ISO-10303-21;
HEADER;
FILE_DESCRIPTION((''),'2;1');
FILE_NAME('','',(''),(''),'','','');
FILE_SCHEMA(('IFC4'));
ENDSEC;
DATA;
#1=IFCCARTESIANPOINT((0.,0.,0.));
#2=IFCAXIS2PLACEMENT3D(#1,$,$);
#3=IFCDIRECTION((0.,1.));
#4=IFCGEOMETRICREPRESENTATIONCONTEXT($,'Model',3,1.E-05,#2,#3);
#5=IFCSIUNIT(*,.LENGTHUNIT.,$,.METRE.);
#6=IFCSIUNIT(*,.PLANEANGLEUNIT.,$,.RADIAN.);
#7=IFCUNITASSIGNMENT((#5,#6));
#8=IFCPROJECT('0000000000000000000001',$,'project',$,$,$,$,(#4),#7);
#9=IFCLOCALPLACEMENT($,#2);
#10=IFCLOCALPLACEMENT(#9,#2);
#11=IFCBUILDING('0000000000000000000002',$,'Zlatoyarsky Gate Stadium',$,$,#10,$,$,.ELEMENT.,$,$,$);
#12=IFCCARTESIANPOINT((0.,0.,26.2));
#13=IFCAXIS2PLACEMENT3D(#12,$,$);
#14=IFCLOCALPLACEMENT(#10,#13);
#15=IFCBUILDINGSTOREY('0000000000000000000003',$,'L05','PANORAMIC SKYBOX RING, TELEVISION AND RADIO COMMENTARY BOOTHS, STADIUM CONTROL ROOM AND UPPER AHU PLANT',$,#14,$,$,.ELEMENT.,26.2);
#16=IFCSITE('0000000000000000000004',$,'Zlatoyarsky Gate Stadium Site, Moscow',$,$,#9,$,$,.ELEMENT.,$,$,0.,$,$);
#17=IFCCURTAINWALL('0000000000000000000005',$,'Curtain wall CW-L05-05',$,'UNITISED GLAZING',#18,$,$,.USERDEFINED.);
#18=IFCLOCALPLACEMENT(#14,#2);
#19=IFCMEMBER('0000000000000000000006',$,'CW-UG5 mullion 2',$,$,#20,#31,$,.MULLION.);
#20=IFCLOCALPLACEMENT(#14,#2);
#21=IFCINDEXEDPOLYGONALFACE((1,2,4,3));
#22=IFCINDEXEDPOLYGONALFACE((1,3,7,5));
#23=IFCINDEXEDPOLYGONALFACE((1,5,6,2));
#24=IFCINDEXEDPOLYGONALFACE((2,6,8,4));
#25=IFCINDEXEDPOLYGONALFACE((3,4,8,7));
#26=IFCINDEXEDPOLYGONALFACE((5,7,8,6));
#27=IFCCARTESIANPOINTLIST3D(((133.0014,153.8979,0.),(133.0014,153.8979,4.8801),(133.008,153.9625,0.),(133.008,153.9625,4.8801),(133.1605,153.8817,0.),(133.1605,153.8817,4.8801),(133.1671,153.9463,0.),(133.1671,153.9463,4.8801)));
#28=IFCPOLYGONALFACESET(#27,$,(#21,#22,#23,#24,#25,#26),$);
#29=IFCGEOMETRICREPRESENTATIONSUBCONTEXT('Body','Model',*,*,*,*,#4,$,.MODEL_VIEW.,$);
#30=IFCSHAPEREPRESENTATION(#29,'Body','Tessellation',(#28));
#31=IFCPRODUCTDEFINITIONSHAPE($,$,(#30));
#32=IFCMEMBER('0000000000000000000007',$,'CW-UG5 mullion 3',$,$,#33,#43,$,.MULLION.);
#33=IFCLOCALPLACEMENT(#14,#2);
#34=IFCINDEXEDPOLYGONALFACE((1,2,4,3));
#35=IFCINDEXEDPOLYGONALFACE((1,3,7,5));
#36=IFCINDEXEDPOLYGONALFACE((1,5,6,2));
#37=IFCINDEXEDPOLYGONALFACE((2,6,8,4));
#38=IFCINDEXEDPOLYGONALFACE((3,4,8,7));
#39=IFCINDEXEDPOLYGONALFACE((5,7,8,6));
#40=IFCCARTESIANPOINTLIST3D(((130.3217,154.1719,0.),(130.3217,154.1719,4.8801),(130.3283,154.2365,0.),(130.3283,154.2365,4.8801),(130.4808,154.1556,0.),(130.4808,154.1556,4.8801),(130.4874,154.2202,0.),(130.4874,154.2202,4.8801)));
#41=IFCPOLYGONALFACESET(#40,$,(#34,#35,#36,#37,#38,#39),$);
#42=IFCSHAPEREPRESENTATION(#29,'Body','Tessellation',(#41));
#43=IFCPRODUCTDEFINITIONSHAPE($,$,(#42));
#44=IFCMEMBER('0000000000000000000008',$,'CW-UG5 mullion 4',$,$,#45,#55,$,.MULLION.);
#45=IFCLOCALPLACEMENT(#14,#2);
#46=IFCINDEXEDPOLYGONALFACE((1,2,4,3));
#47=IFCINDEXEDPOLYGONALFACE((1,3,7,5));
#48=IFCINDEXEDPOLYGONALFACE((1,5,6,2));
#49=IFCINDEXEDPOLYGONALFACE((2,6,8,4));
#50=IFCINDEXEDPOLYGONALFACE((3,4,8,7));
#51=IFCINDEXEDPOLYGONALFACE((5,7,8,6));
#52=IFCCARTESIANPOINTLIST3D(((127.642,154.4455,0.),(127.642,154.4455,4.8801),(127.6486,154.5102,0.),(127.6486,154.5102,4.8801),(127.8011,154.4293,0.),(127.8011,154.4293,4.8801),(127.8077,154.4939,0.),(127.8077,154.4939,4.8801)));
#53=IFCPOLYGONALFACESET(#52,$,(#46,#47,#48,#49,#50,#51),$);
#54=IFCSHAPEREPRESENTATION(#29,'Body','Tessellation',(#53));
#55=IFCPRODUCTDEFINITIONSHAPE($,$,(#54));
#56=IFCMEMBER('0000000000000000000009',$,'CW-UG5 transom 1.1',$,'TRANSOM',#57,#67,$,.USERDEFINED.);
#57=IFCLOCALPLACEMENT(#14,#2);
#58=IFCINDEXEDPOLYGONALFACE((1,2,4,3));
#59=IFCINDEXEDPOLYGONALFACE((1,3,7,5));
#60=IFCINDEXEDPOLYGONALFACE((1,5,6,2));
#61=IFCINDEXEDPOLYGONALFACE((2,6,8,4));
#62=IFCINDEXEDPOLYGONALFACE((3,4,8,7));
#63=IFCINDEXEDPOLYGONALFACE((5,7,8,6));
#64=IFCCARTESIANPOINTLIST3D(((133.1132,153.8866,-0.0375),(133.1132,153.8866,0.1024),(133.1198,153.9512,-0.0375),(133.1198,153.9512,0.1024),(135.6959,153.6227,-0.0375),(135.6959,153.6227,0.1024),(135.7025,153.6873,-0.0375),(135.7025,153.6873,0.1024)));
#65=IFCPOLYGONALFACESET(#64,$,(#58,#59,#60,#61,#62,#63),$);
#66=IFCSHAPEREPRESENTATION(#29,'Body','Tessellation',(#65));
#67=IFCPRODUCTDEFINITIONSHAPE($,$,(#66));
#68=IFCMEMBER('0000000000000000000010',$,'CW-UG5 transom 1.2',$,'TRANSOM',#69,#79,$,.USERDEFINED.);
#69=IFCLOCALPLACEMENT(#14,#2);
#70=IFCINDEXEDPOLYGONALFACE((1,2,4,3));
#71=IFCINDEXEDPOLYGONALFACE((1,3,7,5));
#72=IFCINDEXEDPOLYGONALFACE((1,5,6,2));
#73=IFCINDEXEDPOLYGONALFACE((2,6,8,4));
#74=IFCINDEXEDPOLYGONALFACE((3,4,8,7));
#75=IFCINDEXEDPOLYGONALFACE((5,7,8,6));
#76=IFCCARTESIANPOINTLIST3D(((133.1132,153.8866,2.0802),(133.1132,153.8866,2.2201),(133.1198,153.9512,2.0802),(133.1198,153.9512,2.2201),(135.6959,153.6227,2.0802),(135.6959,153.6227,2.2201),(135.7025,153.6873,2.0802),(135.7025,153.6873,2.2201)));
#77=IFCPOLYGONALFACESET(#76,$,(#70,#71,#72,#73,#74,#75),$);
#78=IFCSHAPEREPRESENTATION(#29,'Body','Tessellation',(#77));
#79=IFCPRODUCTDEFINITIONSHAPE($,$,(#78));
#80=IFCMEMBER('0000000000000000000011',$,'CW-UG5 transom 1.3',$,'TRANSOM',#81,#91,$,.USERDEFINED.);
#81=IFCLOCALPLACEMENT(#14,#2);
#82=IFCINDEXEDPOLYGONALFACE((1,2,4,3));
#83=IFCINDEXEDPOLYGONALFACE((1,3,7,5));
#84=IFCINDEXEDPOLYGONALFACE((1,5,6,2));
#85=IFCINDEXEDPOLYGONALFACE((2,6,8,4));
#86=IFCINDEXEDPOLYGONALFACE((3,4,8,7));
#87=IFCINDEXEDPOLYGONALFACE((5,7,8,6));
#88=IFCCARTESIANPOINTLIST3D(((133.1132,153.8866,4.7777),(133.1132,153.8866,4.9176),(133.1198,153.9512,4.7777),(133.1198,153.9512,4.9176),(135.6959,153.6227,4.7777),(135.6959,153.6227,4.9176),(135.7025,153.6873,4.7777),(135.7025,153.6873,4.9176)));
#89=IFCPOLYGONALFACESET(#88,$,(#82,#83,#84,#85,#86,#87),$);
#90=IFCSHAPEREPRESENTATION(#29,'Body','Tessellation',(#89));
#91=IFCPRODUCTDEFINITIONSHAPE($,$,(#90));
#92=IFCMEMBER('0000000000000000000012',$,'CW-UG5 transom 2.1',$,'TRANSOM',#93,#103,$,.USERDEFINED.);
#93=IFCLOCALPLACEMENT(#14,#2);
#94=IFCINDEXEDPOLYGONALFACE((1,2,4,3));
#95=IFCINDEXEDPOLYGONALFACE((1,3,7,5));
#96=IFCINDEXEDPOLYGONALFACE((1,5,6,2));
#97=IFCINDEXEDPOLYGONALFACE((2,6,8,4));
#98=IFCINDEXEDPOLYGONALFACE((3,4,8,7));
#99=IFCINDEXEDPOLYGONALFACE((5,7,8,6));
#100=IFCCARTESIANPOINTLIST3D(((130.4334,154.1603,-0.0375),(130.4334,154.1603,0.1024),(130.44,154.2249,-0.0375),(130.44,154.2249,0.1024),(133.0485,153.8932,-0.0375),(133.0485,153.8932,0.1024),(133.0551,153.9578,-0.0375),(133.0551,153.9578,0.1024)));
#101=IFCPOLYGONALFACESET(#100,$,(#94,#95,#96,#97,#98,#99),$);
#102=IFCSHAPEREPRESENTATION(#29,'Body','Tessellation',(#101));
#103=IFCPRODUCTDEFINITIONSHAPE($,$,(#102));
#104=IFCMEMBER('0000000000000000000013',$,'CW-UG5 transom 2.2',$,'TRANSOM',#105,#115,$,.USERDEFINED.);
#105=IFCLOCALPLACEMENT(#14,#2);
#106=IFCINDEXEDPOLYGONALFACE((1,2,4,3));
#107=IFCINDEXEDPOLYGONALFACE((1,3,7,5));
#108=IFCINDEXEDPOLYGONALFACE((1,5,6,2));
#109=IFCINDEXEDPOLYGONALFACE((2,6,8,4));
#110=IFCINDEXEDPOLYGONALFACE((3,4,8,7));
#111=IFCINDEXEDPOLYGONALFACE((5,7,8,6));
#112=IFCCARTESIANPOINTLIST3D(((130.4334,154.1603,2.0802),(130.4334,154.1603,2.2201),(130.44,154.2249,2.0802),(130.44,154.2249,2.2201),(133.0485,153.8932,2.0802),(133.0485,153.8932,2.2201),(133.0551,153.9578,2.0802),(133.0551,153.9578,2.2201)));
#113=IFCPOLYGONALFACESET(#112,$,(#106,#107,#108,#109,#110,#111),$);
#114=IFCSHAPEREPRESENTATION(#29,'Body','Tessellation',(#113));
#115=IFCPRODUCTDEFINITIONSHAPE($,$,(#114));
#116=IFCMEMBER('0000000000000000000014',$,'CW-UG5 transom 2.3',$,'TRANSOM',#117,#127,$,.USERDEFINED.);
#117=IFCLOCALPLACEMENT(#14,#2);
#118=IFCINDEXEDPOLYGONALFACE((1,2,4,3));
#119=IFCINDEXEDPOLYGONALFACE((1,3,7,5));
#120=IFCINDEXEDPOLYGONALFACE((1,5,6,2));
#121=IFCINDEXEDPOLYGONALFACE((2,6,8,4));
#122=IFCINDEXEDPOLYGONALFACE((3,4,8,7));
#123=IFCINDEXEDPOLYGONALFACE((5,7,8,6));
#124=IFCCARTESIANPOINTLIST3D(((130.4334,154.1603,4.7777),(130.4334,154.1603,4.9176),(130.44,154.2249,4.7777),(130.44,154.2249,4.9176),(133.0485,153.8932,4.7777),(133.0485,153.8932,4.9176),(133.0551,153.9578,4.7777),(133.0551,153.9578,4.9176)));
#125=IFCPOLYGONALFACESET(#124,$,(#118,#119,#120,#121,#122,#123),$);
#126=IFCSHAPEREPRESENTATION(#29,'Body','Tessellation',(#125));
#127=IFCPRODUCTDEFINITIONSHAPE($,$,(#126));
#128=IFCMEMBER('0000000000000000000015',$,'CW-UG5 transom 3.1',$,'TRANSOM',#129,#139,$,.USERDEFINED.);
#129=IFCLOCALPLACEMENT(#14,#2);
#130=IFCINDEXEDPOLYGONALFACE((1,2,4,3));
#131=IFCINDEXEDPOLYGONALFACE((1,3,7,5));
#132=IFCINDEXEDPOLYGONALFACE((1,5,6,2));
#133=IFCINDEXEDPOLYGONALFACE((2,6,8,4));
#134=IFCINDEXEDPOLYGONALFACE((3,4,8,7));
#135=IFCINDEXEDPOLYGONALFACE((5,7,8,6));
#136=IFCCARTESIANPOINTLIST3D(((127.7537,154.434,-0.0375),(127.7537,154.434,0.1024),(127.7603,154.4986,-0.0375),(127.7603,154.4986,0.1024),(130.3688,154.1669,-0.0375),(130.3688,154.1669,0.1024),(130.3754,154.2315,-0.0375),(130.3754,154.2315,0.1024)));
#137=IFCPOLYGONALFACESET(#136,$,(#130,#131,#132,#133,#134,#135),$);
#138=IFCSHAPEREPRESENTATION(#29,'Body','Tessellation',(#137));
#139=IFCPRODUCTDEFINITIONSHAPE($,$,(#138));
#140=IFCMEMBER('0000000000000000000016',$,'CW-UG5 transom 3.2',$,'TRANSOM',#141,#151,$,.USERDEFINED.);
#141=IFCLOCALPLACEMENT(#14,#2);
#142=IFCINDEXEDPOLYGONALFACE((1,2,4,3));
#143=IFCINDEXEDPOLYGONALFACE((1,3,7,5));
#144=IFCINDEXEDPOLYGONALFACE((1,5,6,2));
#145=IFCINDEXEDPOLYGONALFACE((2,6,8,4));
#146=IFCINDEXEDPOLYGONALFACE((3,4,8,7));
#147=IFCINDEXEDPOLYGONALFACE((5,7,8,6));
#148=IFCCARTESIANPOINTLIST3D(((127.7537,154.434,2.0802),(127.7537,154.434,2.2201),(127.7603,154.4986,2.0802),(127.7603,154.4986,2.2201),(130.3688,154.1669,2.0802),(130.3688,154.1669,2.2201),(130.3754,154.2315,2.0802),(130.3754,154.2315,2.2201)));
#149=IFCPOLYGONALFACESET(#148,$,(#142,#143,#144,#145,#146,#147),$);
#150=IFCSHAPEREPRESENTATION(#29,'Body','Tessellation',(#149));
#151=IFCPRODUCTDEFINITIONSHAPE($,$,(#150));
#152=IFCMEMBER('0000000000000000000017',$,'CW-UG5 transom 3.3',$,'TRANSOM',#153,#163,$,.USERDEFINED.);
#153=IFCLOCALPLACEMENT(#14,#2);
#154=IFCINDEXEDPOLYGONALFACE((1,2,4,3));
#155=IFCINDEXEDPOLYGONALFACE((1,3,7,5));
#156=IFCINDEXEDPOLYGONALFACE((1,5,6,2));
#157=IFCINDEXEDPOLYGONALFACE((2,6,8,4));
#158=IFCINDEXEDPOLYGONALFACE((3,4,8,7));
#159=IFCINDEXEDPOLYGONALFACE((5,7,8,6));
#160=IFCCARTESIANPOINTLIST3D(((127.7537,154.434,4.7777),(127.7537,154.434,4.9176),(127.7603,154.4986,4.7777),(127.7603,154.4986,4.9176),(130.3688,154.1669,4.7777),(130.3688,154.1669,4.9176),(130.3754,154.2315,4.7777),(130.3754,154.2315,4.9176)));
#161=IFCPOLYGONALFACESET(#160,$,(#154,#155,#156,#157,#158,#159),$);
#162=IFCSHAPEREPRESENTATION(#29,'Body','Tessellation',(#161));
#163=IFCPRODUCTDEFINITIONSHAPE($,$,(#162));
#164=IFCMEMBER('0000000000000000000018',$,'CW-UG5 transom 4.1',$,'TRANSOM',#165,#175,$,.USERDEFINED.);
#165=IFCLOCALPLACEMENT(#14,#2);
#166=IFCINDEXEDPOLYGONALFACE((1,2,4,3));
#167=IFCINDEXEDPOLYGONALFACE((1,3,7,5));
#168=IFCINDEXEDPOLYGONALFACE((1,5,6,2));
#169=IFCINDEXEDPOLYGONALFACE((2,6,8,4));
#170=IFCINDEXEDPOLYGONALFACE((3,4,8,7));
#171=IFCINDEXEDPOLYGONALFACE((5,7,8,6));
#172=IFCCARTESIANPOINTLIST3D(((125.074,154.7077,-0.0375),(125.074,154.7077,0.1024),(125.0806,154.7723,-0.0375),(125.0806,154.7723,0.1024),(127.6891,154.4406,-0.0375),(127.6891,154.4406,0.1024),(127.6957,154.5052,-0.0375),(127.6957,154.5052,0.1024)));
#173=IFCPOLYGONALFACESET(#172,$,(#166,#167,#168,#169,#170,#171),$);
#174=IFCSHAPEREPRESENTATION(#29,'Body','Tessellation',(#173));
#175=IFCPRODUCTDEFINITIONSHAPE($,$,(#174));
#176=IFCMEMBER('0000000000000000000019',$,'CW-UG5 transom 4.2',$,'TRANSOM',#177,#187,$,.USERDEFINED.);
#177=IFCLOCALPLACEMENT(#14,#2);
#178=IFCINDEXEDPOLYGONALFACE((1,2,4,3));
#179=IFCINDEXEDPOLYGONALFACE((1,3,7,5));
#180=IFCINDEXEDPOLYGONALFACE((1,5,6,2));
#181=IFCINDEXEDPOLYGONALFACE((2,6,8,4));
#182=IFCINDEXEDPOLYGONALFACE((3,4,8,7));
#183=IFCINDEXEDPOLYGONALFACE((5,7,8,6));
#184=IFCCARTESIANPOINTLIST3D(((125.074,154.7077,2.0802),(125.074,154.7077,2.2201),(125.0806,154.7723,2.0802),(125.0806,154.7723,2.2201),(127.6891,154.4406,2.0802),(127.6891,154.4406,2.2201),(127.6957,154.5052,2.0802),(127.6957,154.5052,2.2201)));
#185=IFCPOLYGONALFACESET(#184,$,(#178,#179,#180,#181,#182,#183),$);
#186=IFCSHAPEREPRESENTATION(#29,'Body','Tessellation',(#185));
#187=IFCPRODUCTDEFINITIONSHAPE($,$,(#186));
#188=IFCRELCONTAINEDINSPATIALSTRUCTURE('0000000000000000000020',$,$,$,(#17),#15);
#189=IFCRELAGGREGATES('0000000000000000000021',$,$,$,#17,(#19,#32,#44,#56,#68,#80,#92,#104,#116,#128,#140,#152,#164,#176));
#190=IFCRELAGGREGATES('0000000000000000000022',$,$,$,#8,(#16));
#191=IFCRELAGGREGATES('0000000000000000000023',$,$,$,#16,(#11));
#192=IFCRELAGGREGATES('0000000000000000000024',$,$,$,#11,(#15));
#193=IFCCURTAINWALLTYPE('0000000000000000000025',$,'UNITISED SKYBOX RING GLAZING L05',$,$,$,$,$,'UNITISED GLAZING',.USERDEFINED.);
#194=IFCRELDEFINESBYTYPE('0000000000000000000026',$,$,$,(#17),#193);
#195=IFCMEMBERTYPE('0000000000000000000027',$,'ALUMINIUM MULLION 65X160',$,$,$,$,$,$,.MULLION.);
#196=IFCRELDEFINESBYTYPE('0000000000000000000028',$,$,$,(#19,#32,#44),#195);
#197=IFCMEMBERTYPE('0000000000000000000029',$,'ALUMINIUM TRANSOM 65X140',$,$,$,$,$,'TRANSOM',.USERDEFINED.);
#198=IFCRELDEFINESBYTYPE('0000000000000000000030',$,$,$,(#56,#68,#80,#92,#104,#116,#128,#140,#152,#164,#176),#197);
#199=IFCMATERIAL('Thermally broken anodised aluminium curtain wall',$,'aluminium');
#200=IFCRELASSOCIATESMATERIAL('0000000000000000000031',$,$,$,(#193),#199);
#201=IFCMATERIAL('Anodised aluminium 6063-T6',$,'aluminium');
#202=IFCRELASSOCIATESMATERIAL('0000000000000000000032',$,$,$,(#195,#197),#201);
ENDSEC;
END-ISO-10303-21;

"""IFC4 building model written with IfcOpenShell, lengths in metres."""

from ifc_helpers import new_model, si_unit, direction, frame, origin, origin_2d, place, context, subcontext, project, spatial, rectangle, extrude, material, material_profile, profile_set, type_object, element, aggregate, save


model = new_model("IFC4")

# Units and contexts
model_context = context("Model", 3, precision=1e-05, world=origin(), true_north=direction((0.0, 1.0)))
body_context = subcontext(model_context, "Body", "Model", "MODEL_VIEW")
ifc_project = project(units=[si_unit("LENGTHUNIT", "METRE"), si_unit("PLANEANGLEUNIT", "RADIAN")], contexts=[model_context])

# Site, building, storey
site_placement = place(None, origin())
site = spatial("IfcSite", under=ifc_project, at=site_placement, Name="Zlatoyarsky Gate Stadium Site, Moscow", CompositionType="ELEMENT", RefElevation=0.0)
building_placement = place(site_placement, origin())
building = spatial("IfcBuilding", under=site, at=building_placement, Name="Zlatoyarsky Gate Stadium", CompositionType="ELEMENT")
storey_placement = place(building_placement, frame((0.0, 0.0, 26.2)))
storey = spatial("IfcBuildingStorey", under=building, at=storey_placement, Name="L05", Description="PANORAMIC SKYBOX RING, TELEVISION AND RADIO COMMENTARY BOOTHS, STADIUM CONTROL ROOM AND UPPER AHU PLANT", CompositionType="ELEMENT", Elevation=26.2)

# Curtain wall, members
ifc_material_1 = material(Name="Thermally broken anodised aluminium curtain wall", Category="aluminium")
curtain_wall_type = type_object("IfcCurtainWallType", Name="UNITISED SKYBOX RING GLAZING L05", ElementType="UNITISED GLAZING", PredefinedType="USERDEFINED", material=ifc_material_1)
curtain_wall_placement = place(storey_placement, origin())
curtain_wall = element("IfcCurtainWall", 1, at=curtain_wall_placement, inside=storey, type_object=curtain_wall_type, Name="Curtain wall CW-L05-05", ObjectType="UNITISED GLAZING", PredefinedType="USERDEFINED")
ifc_material_2 = material(Name="Anodised aluminium 6063-T6", Category="aluminium")
ifc_material_profile_1 = material_profile(ifc_material_2, rectangle(XDim=0.0649, YDim=0.1599, at=origin_2d()), Name="ALU 65X160")
ifc_profile_set_1 = profile_set([ifc_material_profile_1], Name="Anodised aluminium 6063-T6")
member_type_1 = type_object("IfcMemberType", Name="ALUMINIUM MULLION 65X160", PredefinedType="MULLION", material=ifc_profile_set_1)
member_1_placement = place(storey_placement, frame((133.0842, 153.9221, 0.0), z_axis=(0.0, 0.0, 1.0), x_axis=(-0.101618, -0.994823, 0.0)))
member_1 = element("IfcMember", 2, at=member_1_placement, type_object=member_type_1, Name="CW-UG5 mullion 2", PredefinedType="MULLION", context=body_context, shape_type="SweptSolid", body=[
    extrude(rectangle(XDim=0.0649, YDim=0.1599, at=origin_2d()), origin(), (0.0, 0.0, 1.0), 4.8801),
])
member_2_placement = place(storey_placement, frame((130.4045, 154.196, 0.0), z_axis=(0.0, 0.0, 1.0), x_axis=(-0.101618, -0.994823, 0.0)))
member_2 = element("IfcMember", 3, at=member_2_placement, type_object=member_type_1, Name="CW-UG5 mullion 3", PredefinedType="MULLION", context=body_context, shape_type="SweptSolid", body=[
    extrude(rectangle(XDim=0.0649, YDim=0.1599, at=origin_2d()), origin(), (0.0, 0.0, 1.0), 4.8801),
])
member_3_placement = place(storey_placement, frame((127.7249, 154.4697, 0.0), z_axis=(0.0, 0.0, 1.0), x_axis=(-0.101618, -0.994823, 0.0)))
member_3 = element("IfcMember", 4, at=member_3_placement, type_object=member_type_1, Name="CW-UG5 mullion 4", PredefinedType="MULLION", context=body_context, shape_type="SweptSolid", body=[
    extrude(rectangle(XDim=0.0649, YDim=0.1599, at=origin_2d()), origin(), (0.0, 0.0, 1.0), 4.8801),
])
ifc_material_profile_2 = material_profile(ifc_material_2, rectangle(XDim=0.0649, YDim=0.1399, at=origin_2d()), Name="ALU 65X140")
ifc_profile_set_2 = profile_set([ifc_material_profile_2], Name="Anodised aluminium 6063-T6")
member_type_2 = type_object("IfcMemberType", Name="ALUMINIUM TRANSOM 65X140", ElementType="TRANSOM", PredefinedType="USERDEFINED", material=ifc_profile_set_2)
member_4_placement = place(storey_placement, frame((135.6992, 153.655, 0.0325), z_axis=(-0.99482, 0.101654, 0.0), x_axis=(-0.101654, -0.99482, 0.0)))
member_4 = element("IfcMember", 5, at=member_4_placement, type_object=member_type_2, Name="CW-UG5 transom 1.1", ObjectType="TRANSOM", PredefinedType="USERDEFINED", context=body_context, shape_type="SweptSolid", body=[
    extrude(rectangle(XDim=0.0649, YDim=0.1399, at=origin_2d()), origin(), (0.0, 0.0, 1.0), 2.5962),
])
member_5_placement = place(storey_placement, frame((135.6992, 153.655, 2.1501), z_axis=(-0.99482, 0.101654, 0.0), x_axis=(-0.101654, -0.99482, 0.0)))
member_5 = element("IfcMember", 6, at=member_5_placement, type_object=member_type_2, Name="CW-UG5 transom 1.2", ObjectType="TRANSOM", PredefinedType="USERDEFINED", context=body_context, shape_type="SweptSolid", body=[
    extrude(rectangle(XDim=0.0649, YDim=0.1399, at=origin_2d()), origin(), (0.0, 0.0, 1.0), 2.5962),
])
member_6_placement = place(storey_placement, frame((135.6992, 153.655, 4.8477), z_axis=(-0.99482, 0.101654, 0.0), x_axis=(-0.101654, -0.99482, 0.0)))
member_6 = element("IfcMember", 7, at=member_6_placement, type_object=member_type_2, Name="CW-UG5 transom 1.3", ObjectType="TRANSOM", PredefinedType="USERDEFINED", context=body_context, shape_type="SweptSolid", body=[
    extrude(rectangle(XDim=0.0649, YDim=0.1399, at=origin_2d()), origin(), (0.0, 0.0, 1.0), 2.5962),
])
member_7_placement = place(storey_placement, frame((133.0518, 153.9255, 0.0325), z_axis=(-0.994824, 0.101609, 0.0), x_axis=(-0.101609, -0.994824, 0.0)))
member_7 = element("IfcMember", 8, at=member_7_placement, type_object=member_type_2, Name="CW-UG5 transom 2.1", ObjectType="TRANSOM", PredefinedType="USERDEFINED", context=body_context, shape_type="SweptSolid", body=[
    extrude(rectangle(XDim=0.0649, YDim=0.1399, at=origin_2d()), origin(), (0.0, 0.0, 1.0), 2.6287),
])
member_8_placement = place(storey_placement, frame((133.0518, 153.9255, 2.1501), z_axis=(-0.994824, 0.101609, 0.0), x_axis=(-0.101609, -0.994824, 0.0)))
member_8 = element("IfcMember", 9, at=member_8_placement, type_object=member_type_2, Name="CW-UG5 transom 2.2", ObjectType="TRANSOM", PredefinedType="USERDEFINED", context=body_context, shape_type="SweptSolid", body=[
    extrude(rectangle(XDim=0.0649, YDim=0.1399, at=origin_2d()), origin(), (0.0, 0.0, 1.0), 2.6287),
])
member_9_placement = place(storey_placement, frame((133.0518, 153.9255, 4.8477), z_axis=(-0.994824, 0.101609, 0.0), x_axis=(-0.101609, -0.994824, 0.0)))
member_9 = element("IfcMember", 10, at=member_9_placement, type_object=member_type_2, Name="CW-UG5 transom 2.3", ObjectType="TRANSOM", PredefinedType="USERDEFINED", context=body_context, shape_type="SweptSolid", body=[
    extrude(rectangle(XDim=0.0649, YDim=0.1399, at=origin_2d()), origin(), (0.0, 0.0, 1.0), 2.6287),
])
member_10_placement = place(storey_placement, frame((130.3721, 154.1992, 0.0325), z_axis=(-0.994824, 0.101609, 0.0), x_axis=(-0.101609, -0.994824, 0.0)))
member_10 = element("IfcMember", 11, at=member_10_placement, type_object=member_type_2, Name="CW-UG5 transom 3.1", ObjectType="TRANSOM", PredefinedType="USERDEFINED", context=body_context, shape_type="SweptSolid", body=[
    extrude(rectangle(XDim=0.0649, YDim=0.1399, at=origin_2d()), origin(), (0.0, 0.0, 1.0), 2.6287),
])
member_11_placement = place(storey_placement, frame((130.3721, 154.1992, 2.1501), z_axis=(-0.994824, 0.101609, 0.0), x_axis=(-0.101609, -0.994824, 0.0)))
member_11 = element("IfcMember", 12, at=member_11_placement, type_object=member_type_2, Name="CW-UG5 transom 3.2", ObjectType="TRANSOM", PredefinedType="USERDEFINED", context=body_context, shape_type="SweptSolid", body=[
    extrude(rectangle(XDim=0.0649, YDim=0.1399, at=origin_2d()), origin(), (0.0, 0.0, 1.0), 2.6287),
])
member_12_placement = place(storey_placement, frame((130.3721, 154.1992, 4.8477), z_axis=(-0.994824, 0.101609, 0.0), x_axis=(-0.101609, -0.994824, 0.0)))
member_12 = element("IfcMember", 13, at=member_12_placement, type_object=member_type_2, Name="CW-UG5 transom 3.3", ObjectType="TRANSOM", PredefinedType="USERDEFINED", context=body_context, shape_type="SweptSolid", body=[
    extrude(rectangle(XDim=0.0649, YDim=0.1399, at=origin_2d()), origin(), (0.0, 0.0, 1.0), 2.6287),
])
member_13_placement = place(storey_placement, frame((127.6924, 154.4729, 0.0325), z_axis=(-0.994824, 0.101609, 0.0), x_axis=(-0.101609, -0.994824, 0.0)))
member_13 = element("IfcMember", 14, at=member_13_placement, type_object=member_type_2, Name="CW-UG5 transom 4.1", ObjectType="TRANSOM", PredefinedType="USERDEFINED", context=body_context, shape_type="SweptSolid", body=[
    extrude(rectangle(XDim=0.0649, YDim=0.1399, at=origin_2d()), origin(), (0.0, 0.0, 1.0), 2.6287),
])
member_14_placement = place(storey_placement, frame((127.6924, 154.4729, 2.1501), z_axis=(-0.994824, 0.101609, 0.0), x_axis=(-0.101609, -0.994824, 0.0)))
member_14 = element("IfcMember", 15, at=member_14_placement, type_object=member_type_2, Name="CW-UG5 transom 4.2", ObjectType="TRANSOM", PredefinedType="USERDEFINED", context=body_context, shape_type="SweptSolid", body=[
    extrude(rectangle(XDim=0.0649, YDim=0.1399, at=origin_2d()), origin(), (0.0, 0.0, 1.0), 2.6287),
])

aggregate(curtain_wall, [member_1, member_2, member_3, member_4, member_5, member_6, member_7, member_8, member_9, member_10, member_11, member_12, member_13, member_14])

save(model, "model.ifc")
